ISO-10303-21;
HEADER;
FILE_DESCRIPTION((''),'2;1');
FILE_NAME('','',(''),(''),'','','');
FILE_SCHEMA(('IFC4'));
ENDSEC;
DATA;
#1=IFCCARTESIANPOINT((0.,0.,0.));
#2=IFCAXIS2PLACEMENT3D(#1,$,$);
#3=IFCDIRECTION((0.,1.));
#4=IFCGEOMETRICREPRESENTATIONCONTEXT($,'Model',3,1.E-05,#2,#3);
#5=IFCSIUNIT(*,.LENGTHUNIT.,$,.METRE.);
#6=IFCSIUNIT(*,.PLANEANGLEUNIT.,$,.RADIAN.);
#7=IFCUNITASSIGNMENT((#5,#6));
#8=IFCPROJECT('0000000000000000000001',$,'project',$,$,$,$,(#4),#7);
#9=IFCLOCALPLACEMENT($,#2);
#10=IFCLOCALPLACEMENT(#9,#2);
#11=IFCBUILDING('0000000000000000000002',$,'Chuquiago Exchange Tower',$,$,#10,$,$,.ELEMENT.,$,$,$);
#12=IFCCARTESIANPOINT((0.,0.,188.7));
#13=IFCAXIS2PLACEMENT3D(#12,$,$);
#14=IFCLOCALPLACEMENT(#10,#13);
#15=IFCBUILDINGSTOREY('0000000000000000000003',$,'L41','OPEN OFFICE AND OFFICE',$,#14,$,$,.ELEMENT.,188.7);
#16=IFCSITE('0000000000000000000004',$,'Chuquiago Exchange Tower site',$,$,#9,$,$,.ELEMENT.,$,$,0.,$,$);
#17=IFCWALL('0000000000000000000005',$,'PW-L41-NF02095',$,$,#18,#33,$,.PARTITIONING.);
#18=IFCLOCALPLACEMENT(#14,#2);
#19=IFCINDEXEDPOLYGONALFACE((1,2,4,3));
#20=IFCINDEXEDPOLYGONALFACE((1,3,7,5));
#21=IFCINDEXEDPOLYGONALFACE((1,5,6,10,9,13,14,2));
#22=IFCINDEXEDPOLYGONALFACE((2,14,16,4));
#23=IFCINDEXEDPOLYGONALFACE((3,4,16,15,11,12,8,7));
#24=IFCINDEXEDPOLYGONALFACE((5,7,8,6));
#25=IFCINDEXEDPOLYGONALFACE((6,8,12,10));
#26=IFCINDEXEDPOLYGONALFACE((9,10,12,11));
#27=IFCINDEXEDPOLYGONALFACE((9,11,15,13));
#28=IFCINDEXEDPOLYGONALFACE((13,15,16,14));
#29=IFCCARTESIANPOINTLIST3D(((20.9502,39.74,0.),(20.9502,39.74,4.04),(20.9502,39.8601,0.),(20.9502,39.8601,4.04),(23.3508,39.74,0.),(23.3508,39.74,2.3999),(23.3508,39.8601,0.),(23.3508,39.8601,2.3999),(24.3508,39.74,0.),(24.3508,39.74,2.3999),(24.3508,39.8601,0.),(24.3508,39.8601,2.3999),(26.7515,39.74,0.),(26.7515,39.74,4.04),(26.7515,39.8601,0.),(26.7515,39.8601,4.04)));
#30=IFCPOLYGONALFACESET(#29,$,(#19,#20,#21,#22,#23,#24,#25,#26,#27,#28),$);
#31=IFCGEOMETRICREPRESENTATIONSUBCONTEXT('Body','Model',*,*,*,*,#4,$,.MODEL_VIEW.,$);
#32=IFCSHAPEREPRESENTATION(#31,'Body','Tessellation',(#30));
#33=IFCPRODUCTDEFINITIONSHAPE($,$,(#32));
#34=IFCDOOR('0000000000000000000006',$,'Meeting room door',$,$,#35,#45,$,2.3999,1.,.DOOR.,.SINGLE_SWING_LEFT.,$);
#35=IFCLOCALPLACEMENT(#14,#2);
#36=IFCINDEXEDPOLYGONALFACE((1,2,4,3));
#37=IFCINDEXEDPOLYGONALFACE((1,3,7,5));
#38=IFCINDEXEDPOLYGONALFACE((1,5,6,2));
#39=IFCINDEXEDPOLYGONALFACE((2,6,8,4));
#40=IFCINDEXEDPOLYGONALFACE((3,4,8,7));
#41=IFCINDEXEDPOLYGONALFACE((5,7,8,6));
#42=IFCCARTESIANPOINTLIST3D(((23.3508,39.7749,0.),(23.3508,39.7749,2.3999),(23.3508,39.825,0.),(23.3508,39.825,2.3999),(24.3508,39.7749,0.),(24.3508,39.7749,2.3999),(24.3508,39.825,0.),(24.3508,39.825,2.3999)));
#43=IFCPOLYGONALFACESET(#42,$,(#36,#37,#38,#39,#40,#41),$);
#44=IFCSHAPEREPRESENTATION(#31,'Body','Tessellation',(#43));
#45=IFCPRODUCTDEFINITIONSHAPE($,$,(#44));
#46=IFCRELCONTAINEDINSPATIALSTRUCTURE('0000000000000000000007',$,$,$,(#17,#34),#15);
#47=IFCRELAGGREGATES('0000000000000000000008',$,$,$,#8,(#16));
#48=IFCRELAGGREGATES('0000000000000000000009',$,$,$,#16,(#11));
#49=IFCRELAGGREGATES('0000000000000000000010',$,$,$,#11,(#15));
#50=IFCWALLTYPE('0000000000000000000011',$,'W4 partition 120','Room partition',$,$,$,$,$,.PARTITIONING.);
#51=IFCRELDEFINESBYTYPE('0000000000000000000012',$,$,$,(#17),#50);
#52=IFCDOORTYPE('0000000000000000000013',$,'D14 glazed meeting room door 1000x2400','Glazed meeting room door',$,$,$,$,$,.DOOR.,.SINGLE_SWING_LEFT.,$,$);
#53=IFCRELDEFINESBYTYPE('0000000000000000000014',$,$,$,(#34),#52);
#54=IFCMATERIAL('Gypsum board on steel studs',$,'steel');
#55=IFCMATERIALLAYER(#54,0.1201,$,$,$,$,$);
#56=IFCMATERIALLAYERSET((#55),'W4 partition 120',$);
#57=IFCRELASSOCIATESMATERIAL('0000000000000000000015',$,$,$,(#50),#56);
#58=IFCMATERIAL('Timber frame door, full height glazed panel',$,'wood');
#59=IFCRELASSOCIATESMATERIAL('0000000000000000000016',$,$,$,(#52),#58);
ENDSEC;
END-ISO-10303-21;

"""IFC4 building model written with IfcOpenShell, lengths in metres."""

from ifc_helpers import new_model, si_unit, direction, frame, frame_2d, origin, place, context, subcontext, project, spatial, rectangle, extrude, material, layer, layer_set, type_object, element, fill, save


model = new_model("IFC4")

# Units and contexts
model_context = context("Model", 3, precision=1e-05, world=origin(), true_north=direction((0.0, 1.0)))
body_context = subcontext(model_context, "Body", "Model", "MODEL_VIEW")
ifc_project = project(units=[si_unit("LENGTHUNIT", "METRE"), si_unit("PLANEANGLEUNIT", "RADIAN")], contexts=[model_context])

# Site, building, storey
site_placement = place(None, origin())
site = spatial("IfcSite", under=ifc_project, at=site_placement, Name="Chuquiago Exchange Tower site", CompositionType="ELEMENT", RefElevation=0.0)
building_placement = place(site_placement, origin())
building = spatial("IfcBuilding", under=site, at=building_placement, Name="Chuquiago Exchange Tower", CompositionType="ELEMENT")
storey_placement = place(building_placement, frame((0.0, 0.0, 188.7)))
storey = spatial("IfcBuildingStorey", under=building, at=storey_placement, Name="L41", Description="OPEN OFFICE AND OFFICE", CompositionType="ELEMENT", Elevation=188.7)

# Shared definitions
ifc_material_1 = material(Name="Gypsum board on steel studs", Category="steel")
ifc_layer_1 = layer(ifc_material_1, 0.1201)
ifc_layer_set_1 = layer_set([ifc_layer_1], Name="W4 partition 120")
wall_type_1 = type_object("IfcWallType", Name="W4 partition 120", Description="Room partition", PredefinedType="PARTITIONING", material=ifc_layer_set_1)

# Wall, opening, door
wall_1_placement = place(storey_placement, frame((20.9502, 39.8, 0.0), z_axis=(0.0, 0.0, 1.0), x_axis=(1.0, 0.0, 0.0)))
wall_1 = element("IfcWall", 1, at=wall_1_placement, inside=storey, type_object=wall_type_1, Name="PW-L41-NF02095", PredefinedType="PARTITIONING", context=body_context, shape_type="SweptSolid", body=[
    extrude(rectangle(XDim=5.8013, YDim=0.1201, at=frame_2d((2.9006, 0.0))), origin(), (0.0, 0.0, 1.0), 4.04),
])
opening_placement = place(wall_1_placement, frame((2.4006, 0.0, 0.0)))
opening = element("IfcOpeningElement", 2, at=opening_placement, cuts=wall_1, PredefinedType="OPENING", context=body_context, shape_type="SweptSolid", body=[
    extrude(rectangle(XDim=1.0, YDim=2.3999, at=frame_2d((0.5, 1.2))), frame((0.0, 0.0701, 0.0), z_axis=(0.0, -1.0, 0.0), x_axis=(1.0, 0.0, 0.0)), (0.0, 0.0, 1.0), 0.1401),
])
ifc_material_2 = material(Name="Timber frame door, full height glazed panel", Category="wood")
door_type = type_object("IfcDoorType", Name="D14 glazed meeting room door 1000x2400", Description="Glazed meeting room door", OperationType="SINGLE_SWING_LEFT", PredefinedType="DOOR", material=ifc_material_2)
door_placement = place(opening_placement, origin())
door = element("IfcDoor", 3, at=door_placement, inside=storey, type_object=door_type, Name="Meeting room door", OperationType="SINGLE_SWING_LEFT", OverallHeight=2.3999, OverallWidth=1.0, PredefinedType="DOOR", context=body_context, shape_type="SweptSolid", body=[
    extrude(rectangle(XDim=1.0, YDim=2.3999, at=frame_2d((0.5, 1.2))), frame((0.0, 0.0249, 0.0), z_axis=(0.0, -1.0, 0.0), x_axis=(1.0, 0.0, 0.0)), (0.0, 0.0, 1.0), 0.05),
])
fill(opening, door)

save(model, "model.ifc")
